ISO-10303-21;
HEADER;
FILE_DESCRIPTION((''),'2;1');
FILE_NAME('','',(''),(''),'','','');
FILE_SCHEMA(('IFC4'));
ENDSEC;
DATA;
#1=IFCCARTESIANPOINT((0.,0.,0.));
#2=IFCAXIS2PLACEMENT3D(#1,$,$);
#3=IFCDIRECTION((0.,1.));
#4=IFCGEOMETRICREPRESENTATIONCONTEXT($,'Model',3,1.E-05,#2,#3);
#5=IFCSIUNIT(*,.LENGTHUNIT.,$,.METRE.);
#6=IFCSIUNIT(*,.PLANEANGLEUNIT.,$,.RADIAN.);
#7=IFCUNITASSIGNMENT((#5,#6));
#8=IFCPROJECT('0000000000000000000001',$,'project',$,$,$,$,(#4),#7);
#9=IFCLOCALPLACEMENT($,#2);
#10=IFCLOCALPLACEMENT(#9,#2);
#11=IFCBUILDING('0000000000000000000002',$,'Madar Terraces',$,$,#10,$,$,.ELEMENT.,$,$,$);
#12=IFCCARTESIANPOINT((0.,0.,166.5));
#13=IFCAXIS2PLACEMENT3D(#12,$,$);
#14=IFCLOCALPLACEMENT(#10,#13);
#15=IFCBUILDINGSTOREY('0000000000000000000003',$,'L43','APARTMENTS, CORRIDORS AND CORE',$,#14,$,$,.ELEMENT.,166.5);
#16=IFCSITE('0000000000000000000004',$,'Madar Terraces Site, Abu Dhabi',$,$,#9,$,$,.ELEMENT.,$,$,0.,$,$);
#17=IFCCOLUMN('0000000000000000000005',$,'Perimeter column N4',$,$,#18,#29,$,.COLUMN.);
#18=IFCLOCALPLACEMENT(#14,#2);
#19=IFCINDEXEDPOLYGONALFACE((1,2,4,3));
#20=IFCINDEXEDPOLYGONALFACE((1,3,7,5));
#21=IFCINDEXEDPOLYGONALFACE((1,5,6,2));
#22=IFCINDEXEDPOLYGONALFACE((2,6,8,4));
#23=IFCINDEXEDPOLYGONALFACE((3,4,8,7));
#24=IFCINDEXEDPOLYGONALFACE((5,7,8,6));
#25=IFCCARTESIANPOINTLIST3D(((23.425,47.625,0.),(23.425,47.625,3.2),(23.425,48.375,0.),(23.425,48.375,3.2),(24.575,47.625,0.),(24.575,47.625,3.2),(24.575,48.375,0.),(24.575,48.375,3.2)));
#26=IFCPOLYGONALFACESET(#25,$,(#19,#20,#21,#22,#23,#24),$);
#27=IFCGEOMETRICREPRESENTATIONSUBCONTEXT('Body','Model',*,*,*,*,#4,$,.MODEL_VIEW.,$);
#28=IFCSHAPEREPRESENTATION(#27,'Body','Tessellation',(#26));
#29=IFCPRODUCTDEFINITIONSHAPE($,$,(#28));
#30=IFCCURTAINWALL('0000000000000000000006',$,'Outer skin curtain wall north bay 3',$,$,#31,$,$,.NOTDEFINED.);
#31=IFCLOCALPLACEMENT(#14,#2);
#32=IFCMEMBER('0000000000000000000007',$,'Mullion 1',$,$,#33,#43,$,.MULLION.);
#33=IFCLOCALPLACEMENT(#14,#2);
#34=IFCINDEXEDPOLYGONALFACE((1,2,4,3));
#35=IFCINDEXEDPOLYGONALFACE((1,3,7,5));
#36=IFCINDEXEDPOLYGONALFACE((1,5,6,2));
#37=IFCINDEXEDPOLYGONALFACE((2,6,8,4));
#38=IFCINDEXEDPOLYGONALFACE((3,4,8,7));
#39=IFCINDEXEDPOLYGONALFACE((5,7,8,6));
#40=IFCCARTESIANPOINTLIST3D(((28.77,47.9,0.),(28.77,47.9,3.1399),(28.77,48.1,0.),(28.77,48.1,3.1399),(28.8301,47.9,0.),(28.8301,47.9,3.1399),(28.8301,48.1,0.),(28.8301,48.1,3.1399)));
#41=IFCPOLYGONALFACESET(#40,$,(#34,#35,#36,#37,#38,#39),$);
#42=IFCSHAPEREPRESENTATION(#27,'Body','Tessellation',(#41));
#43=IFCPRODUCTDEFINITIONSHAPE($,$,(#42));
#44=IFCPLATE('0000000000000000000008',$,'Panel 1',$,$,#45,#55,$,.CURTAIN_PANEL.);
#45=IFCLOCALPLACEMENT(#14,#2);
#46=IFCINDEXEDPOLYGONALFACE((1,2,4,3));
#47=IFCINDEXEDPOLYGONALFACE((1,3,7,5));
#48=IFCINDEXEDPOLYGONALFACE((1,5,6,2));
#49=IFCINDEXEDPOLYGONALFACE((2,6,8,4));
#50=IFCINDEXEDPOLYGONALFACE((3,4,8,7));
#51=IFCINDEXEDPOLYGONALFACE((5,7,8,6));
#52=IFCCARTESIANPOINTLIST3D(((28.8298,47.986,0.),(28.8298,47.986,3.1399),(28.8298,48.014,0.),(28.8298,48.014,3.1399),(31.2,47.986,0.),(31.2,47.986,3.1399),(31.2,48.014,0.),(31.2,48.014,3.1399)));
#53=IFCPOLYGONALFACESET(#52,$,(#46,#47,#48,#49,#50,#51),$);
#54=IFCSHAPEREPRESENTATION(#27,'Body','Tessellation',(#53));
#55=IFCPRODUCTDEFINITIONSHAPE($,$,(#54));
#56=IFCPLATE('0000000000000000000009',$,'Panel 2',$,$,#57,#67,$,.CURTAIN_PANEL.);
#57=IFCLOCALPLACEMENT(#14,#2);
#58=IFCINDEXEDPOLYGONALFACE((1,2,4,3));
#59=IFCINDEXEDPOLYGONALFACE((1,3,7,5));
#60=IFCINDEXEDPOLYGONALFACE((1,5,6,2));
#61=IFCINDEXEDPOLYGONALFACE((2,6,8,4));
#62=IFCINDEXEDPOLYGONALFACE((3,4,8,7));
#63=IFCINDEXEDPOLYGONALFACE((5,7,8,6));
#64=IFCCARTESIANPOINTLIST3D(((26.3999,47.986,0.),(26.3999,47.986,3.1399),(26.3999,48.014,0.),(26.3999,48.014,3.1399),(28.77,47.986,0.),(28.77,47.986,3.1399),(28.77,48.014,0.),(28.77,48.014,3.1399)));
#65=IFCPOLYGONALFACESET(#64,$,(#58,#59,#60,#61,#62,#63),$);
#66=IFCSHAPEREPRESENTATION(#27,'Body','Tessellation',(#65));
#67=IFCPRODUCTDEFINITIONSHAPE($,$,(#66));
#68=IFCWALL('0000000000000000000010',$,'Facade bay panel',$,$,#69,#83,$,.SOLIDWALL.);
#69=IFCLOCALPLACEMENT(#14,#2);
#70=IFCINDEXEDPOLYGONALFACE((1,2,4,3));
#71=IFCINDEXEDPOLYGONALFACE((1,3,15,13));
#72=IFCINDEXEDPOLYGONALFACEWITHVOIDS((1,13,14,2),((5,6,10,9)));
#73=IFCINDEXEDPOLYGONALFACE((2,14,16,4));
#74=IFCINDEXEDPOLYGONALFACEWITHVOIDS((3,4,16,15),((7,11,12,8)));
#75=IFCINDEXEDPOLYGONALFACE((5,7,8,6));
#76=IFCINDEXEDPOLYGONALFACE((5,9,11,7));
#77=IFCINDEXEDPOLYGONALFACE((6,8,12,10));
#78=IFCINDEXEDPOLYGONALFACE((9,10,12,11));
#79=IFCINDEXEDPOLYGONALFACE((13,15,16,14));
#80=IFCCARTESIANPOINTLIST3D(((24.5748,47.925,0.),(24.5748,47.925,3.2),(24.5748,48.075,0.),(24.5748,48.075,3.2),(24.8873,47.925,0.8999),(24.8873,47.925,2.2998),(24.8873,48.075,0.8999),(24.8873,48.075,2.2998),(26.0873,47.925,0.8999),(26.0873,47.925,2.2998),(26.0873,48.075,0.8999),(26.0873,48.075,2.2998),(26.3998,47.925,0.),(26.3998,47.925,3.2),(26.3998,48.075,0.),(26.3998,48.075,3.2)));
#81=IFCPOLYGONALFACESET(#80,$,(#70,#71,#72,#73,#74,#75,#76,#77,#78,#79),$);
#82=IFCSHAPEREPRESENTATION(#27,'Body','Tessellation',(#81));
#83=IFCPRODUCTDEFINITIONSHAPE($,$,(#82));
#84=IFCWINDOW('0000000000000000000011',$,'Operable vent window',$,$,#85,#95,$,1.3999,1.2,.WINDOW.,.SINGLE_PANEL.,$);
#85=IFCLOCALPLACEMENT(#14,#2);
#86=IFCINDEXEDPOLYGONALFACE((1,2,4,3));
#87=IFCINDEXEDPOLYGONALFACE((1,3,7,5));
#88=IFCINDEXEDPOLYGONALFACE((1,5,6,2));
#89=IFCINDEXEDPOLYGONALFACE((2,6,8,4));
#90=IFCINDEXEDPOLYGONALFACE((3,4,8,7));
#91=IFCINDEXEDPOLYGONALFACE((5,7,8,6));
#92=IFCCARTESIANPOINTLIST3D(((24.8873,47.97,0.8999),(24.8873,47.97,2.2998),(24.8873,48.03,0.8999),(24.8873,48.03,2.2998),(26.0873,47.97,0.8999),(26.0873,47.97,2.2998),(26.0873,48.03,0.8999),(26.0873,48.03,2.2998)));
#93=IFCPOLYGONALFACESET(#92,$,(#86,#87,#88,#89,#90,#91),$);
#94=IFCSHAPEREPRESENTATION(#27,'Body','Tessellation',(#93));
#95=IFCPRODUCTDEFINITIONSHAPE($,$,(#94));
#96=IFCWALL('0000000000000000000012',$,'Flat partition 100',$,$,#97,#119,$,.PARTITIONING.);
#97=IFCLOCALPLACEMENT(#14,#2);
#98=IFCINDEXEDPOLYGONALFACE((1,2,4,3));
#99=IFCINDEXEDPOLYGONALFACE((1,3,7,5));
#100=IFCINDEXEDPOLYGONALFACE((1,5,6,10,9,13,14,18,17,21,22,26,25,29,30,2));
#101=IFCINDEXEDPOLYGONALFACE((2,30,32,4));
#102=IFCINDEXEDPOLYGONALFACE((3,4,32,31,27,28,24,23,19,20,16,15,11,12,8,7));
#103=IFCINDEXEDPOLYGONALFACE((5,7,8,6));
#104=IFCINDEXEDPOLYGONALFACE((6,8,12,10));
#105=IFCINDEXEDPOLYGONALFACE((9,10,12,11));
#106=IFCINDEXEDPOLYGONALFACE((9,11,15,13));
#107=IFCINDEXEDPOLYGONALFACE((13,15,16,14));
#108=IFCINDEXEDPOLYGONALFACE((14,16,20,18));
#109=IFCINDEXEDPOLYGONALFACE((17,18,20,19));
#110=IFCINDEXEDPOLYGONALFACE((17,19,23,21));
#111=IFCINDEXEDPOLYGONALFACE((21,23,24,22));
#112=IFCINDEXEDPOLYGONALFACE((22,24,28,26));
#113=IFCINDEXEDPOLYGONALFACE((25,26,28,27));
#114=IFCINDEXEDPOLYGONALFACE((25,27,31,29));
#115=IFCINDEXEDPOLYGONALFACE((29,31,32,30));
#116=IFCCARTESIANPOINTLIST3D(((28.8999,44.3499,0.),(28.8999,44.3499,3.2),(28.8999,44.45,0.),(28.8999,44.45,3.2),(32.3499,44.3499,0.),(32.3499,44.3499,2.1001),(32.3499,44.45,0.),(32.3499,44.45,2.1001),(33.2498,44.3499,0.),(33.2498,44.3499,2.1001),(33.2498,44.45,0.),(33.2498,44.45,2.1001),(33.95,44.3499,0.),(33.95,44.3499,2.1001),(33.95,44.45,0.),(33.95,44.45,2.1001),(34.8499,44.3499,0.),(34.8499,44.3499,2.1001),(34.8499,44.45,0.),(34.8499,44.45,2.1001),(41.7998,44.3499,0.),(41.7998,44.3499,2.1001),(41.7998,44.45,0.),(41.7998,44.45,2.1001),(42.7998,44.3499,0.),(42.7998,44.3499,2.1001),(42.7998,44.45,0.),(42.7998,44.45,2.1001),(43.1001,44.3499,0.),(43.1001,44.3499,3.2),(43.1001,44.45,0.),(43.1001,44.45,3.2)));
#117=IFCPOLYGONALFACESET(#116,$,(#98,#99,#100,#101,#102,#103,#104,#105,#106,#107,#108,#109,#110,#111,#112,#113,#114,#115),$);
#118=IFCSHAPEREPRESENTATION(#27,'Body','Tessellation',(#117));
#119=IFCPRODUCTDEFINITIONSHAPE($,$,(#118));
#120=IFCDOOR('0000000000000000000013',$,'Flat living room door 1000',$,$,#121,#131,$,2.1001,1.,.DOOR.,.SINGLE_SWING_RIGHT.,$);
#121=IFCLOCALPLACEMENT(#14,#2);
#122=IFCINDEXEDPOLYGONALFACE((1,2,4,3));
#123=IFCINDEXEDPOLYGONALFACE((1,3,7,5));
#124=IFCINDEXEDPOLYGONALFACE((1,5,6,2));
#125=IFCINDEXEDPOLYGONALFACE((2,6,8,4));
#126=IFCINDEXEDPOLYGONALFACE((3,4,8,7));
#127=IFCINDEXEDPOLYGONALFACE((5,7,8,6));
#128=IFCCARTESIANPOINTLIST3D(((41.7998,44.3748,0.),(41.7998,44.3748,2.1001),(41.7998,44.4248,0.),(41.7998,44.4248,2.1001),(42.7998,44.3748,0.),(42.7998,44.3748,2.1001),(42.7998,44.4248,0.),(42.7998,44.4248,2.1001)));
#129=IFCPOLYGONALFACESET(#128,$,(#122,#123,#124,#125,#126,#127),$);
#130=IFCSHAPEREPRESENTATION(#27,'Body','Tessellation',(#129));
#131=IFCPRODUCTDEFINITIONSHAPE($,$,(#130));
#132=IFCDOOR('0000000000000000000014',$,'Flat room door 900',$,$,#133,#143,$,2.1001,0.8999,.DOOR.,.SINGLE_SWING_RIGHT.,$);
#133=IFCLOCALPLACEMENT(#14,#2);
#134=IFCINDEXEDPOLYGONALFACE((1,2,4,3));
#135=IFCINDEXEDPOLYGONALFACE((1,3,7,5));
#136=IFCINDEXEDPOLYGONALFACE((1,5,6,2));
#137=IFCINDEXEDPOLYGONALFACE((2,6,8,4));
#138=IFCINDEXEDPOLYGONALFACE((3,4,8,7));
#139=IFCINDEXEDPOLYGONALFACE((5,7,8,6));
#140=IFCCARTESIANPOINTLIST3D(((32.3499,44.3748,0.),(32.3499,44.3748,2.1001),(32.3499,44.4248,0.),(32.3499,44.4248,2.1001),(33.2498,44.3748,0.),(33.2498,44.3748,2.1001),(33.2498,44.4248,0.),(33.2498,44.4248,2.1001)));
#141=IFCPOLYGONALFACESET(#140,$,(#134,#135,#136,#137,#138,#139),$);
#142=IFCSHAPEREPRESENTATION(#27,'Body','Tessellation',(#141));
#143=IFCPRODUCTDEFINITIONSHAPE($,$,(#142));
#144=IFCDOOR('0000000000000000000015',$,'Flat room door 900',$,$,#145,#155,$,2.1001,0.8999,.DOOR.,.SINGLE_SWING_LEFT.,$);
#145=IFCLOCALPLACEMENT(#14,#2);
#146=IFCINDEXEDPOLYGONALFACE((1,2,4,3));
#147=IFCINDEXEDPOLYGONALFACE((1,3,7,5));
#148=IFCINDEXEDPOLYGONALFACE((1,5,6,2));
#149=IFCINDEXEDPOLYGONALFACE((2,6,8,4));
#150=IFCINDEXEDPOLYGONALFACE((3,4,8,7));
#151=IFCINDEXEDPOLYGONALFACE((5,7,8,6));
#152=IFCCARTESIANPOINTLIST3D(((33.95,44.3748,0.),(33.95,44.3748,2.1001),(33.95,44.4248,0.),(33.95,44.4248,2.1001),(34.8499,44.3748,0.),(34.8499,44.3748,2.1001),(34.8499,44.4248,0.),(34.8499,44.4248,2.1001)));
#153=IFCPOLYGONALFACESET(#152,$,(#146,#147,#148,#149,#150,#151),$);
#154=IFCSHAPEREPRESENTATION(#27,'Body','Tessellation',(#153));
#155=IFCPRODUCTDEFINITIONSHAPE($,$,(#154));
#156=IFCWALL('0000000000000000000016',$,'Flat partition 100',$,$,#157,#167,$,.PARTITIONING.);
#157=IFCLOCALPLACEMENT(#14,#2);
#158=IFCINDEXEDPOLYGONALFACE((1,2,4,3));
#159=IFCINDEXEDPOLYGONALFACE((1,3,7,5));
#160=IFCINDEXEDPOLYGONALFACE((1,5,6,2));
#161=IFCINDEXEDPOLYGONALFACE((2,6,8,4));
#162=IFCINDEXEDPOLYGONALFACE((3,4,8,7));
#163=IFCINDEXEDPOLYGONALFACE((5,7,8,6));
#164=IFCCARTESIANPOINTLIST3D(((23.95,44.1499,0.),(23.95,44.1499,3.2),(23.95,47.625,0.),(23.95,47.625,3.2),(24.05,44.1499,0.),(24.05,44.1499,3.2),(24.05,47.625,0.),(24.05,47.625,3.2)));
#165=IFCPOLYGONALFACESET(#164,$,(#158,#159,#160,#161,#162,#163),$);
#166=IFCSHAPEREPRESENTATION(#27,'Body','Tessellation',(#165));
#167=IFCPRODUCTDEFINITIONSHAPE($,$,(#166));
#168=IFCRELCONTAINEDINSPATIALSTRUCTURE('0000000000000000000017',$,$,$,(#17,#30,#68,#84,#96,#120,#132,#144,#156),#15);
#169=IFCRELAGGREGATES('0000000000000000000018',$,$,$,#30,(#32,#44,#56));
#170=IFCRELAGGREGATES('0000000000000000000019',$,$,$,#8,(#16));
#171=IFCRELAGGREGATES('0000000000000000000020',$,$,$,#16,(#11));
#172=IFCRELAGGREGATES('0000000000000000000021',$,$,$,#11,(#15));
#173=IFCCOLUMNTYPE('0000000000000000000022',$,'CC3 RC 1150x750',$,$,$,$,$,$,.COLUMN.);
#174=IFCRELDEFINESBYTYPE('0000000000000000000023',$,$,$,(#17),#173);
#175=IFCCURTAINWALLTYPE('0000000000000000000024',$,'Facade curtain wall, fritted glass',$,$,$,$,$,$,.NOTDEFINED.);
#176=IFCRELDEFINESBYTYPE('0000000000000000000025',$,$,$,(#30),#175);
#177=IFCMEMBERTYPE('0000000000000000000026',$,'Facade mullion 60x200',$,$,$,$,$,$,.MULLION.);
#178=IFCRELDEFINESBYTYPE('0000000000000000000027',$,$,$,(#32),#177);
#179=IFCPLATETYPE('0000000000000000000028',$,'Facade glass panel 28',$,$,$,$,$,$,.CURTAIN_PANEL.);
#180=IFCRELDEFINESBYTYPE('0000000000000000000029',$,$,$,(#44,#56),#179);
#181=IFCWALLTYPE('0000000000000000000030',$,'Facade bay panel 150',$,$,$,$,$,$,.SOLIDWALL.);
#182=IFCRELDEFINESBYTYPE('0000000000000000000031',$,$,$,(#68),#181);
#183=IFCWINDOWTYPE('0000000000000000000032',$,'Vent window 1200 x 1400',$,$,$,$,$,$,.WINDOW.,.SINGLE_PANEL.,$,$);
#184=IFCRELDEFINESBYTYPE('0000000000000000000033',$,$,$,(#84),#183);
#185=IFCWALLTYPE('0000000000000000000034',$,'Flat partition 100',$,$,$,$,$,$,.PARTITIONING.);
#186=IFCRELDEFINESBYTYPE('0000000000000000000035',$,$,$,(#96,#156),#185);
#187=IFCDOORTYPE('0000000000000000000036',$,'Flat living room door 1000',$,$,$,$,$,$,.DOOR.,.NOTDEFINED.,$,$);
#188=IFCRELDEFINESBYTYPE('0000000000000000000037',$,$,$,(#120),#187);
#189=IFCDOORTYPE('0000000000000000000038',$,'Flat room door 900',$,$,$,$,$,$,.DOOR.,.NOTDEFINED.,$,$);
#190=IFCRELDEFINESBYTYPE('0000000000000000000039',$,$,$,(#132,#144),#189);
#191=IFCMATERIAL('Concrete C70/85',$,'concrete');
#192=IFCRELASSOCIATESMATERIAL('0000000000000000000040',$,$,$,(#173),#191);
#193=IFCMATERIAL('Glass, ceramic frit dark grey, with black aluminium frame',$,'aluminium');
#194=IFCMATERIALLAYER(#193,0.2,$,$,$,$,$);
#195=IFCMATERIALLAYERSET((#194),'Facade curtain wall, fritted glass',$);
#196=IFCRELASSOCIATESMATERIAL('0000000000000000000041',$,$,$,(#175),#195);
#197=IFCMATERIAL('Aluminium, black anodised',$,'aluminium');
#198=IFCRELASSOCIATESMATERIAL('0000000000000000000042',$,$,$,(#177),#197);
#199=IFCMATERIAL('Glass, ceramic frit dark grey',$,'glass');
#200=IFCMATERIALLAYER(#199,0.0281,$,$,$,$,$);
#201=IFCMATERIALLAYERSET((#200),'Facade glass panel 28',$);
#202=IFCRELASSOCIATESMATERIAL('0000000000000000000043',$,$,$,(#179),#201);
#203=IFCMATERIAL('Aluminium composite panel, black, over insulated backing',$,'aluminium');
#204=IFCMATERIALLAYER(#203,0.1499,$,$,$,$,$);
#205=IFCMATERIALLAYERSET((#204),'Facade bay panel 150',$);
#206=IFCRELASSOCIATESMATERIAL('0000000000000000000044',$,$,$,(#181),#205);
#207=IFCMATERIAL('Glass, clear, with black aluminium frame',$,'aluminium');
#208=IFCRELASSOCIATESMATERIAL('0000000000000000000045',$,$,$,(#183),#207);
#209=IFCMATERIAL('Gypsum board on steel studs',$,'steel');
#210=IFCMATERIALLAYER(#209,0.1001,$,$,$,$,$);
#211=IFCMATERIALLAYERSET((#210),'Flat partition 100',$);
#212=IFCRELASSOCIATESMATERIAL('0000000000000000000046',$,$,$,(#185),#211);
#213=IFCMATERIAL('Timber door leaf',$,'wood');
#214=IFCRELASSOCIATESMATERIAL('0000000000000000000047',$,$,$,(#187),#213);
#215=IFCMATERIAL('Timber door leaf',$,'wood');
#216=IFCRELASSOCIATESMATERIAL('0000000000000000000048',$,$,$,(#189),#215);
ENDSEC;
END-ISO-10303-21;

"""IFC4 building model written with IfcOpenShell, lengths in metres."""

from ifc_helpers import new_model, si_unit, direction, frame, frame_2d, origin, origin_2d, place, context, subcontext, project, spatial, rectangle, extrude, material, layer, layer_set, material_profile, profile_set, type_object, element, fill, aggregate, save


model = new_model("IFC4")

# Units and contexts
model_context = context("Model", 3, precision=1e-05, world=origin(), true_north=direction((0.0, 1.0)))
body_context = subcontext(model_context, "Body", "Model", "MODEL_VIEW")
ifc_project = project(units=[si_unit("LENGTHUNIT", "METRE"), si_unit("PLANEANGLEUNIT", "RADIAN")], contexts=[model_context])

# Site, building, storey
site_placement = place(None, origin())
site = spatial("IfcSite", under=ifc_project, at=site_placement, Name="Madar Terraces Site, Abu Dhabi", CompositionType="ELEMENT", RefElevation=0.0)
building_placement = place(site_placement, origin())
building = spatial("IfcBuilding", under=site, at=building_placement, Name="Madar Terraces", CompositionType="ELEMENT")
storey_placement = place(building_placement, frame((0.0, 0.0, 166.5)))
storey = spatial("IfcBuildingStorey", under=building, at=storey_placement, Name="L43", Description="APARTMENTS, CORRIDORS AND CORE", CompositionType="ELEMENT", Elevation=166.5)

# Column
ifc_material_1 = material(Name="Concrete C70/85", Category="concrete")
ifc_material_profile_1 = material_profile(ifc_material_1, rectangle(XDim=1.1499, YDim=0.75, at=origin_2d()), Name="CC3 RC 1150x750")
ifc_profile_set_1 = profile_set([ifc_material_profile_1], Name="Concrete C70/85")
column_type = type_object("IfcColumnType", Name="CC3 RC 1150x750", PredefinedType="COLUMN", material=ifc_profile_set_1)
column_placement = place(storey_placement, frame((24.0, 48.0, 0.0), z_axis=(0.0, 0.0, 1.0), x_axis=(1.0, 0.0, 0.0)))
element("IfcColumn", 1, at=column_placement, inside=storey, type_object=column_type, Name="Perimeter column N4", PredefinedType="COLUMN", context=body_context, shape_type="SweptSolid", body=[
    extrude(rectangle(XDim=1.1499, YDim=0.75, at=origin_2d()), origin(), (0.0, 0.0, 1.0), 3.2),
])

# Curtain wall, member, plates
ifc_material_2 = material(Name="Glass, ceramic frit dark grey, with black aluminium frame", Category="aluminium")
ifc_layer_1 = layer(ifc_material_2, 0.2)
ifc_layer_set_1 = layer_set([ifc_layer_1], Name="Facade curtain wall, fritted glass")
curtain_wall_type = type_object("IfcCurtainWallType", Name="Facade curtain wall, fritted glass", PredefinedType="NOTDEFINED", material=ifc_layer_set_1)
curtain_wall_placement = place(storey_placement, origin())
curtain_wall = element("IfcCurtainWall", 2, at=curtain_wall_placement, inside=storey, type_object=curtain_wall_type, Name="Outer skin curtain wall north bay 3", PredefinedType="NOTDEFINED")
ifc_material_3 = material(Name="Aluminium, black anodised", Category="aluminium")
ifc_material_profile_2 = material_profile(ifc_material_3, rectangle(XDim=0.2, YDim=0.0601, at=origin_2d()), Name="Facade mullion 60x200")
ifc_profile_set_2 = profile_set([ifc_material_profile_2], Name="Aluminium, black anodised")
member_type = type_object("IfcMemberType", Name="Facade mullion 60x200", PredefinedType="MULLION", material=ifc_profile_set_2)
member_placement = place(storey_placement, frame((28.8, 48.0, 0.0), z_axis=(0.0, 0.0, 1.0), x_axis=(0.0, -1.0, 0.0)))
member = element("IfcMember", 3, at=member_placement, type_object=member_type, Name="Mullion 1", PredefinedType="MULLION", context=body_context, shape_type="SweptSolid", body=[
    extrude(rectangle(XDim=0.2, YDim=0.0601, at=origin_2d()), origin(), (0.0, 0.0, 1.0), 3.1399),
])
ifc_material_4 = material(Name="Glass, ceramic frit dark grey", Category="glass")
ifc_layer_2 = layer(ifc_material_4, 0.0281)
ifc_layer_set_2 = layer_set([ifc_layer_2], Name="Facade glass panel 28")
plate_type = type_object("IfcPlateType", Name="Facade glass panel 28", PredefinedType="CURTAIN_PANEL", material=ifc_layer_set_2)
plate_1_placement = place(storey_placement, frame((30.0149, 48.0, 0.0), z_axis=(0.0, 0.0, 1.0), x_axis=(-1.0, 0.0, 0.0)))
plate_1 = element("IfcPlate", 4, at=plate_1_placement, type_object=plate_type, Name="Panel 1", PredefinedType="CURTAIN_PANEL", context=body_context, shape_type="SweptSolid", body=[
    extrude(rectangle(XDim=2.3701, YDim=0.0281, at=origin_2d()), origin(), (0.0, 0.0, 1.0), 3.1399),
])
plate_2_placement = place(storey_placement, frame((27.585, 48.0, 0.0), z_axis=(0.0, 0.0, 1.0), x_axis=(-1.0, 0.0, 0.0)))
plate_2 = element("IfcPlate", 5, at=plate_2_placement, type_object=plate_type, Name="Panel 2", PredefinedType="CURTAIN_PANEL", context=body_context, shape_type="SweptSolid", body=[
    extrude(rectangle(XDim=2.3701, YDim=0.0281, at=origin_2d()), origin(), (0.0, 0.0, 1.0), 3.1399),
])
aggregate(curtain_wall, [member, plate_1, plate_2])

# Wall, opening, window
ifc_material_5 = material(Name="Aluminium composite panel, black, over insulated backing", Category="aluminium")
ifc_layer_3 = layer(ifc_material_5, 0.1499)
ifc_layer_set_3 = layer_set([ifc_layer_3], Name="Facade bay panel 150")
wall_type_1 = type_object("IfcWallType", Name="Facade bay panel 150", PredefinedType="SOLIDWALL", material=ifc_layer_set_3)
wall_1_placement = place(storey_placement, frame((26.3999, 48.0, 0.0), z_axis=(0.0, 0.0, 1.0), x_axis=(-1.0, 0.0, 0.0)))
wall_1 = element("IfcWall", 6, at=wall_1_placement, inside=storey, type_object=wall_type_1, Name="Facade bay panel", PredefinedType="SOLIDWALL", context=body_context, shape_type="SweptSolid", body=[
    extrude(rectangle(XDim=1.825, YDim=0.1499, at=frame_2d((0.9126, 0.0))), origin(), (0.0, 0.0, 1.0), 3.2),
])
opening_1_placement = place(wall_1_placement, frame((0.3125, 0.0, 0.8999)))
opening_1 = element("IfcOpeningElement", 7, at=opening_1_placement, cuts=wall_1, PredefinedType="OPENING", context=body_context, shape_type="SweptSolid", body=[
    extrude(rectangle(XDim=1.2, YDim=1.3999, at=frame_2d((0.6001, 0.7))), frame((0.0, 0.085, 0.0), z_axis=(0.0, -1.0, 0.0), x_axis=(1.0, 0.0, 0.0)), (0.0, 0.0, 1.0), 0.1699),
])
ifc_material_6 = material(Name="Glass, clear, with black aluminium frame", Category="aluminium")
window_type = type_object("IfcWindowType", Name="Vent window 1200 x 1400", PartitioningType="SINGLE_PANEL", PredefinedType="WINDOW", material=ifc_material_6)
window_placement = place(opening_1_placement, origin())
window = element("IfcWindow", 8, at=window_placement, inside=storey, type_object=window_type, Name="Operable vent window", OverallHeight=1.3999, OverallWidth=1.2, PartitioningType="SINGLE_PANEL", PredefinedType="WINDOW", context=body_context, shape_type="SweptSolid", body=[
    extrude(rectangle(XDim=1.2, YDim=1.3999, at=frame_2d((0.6001, 0.7))), frame((0.0, 0.03, 0.0), z_axis=(0.0, -1.0, 0.0), x_axis=(1.0, 0.0, 0.0)), (0.0, 0.0, 1.0), 0.0601),
])
fill(opening_1, window)

# Wall, openings, doors
ifc_material_7 = material(Name="Gypsum board on steel studs", Category="steel")
ifc_layer_4 = layer(ifc_material_7, 0.1001)
ifc_layer_set_4 = layer_set([ifc_layer_4], Name="Flat partition 100")
wall_type_2 = type_object("IfcWallType", Name="Flat partition 100", PredefinedType="PARTITIONING", material=ifc_layer_set_4)
wall_2_placement = place(storey_placement, frame((28.8999, 44.3999, 0.0), z_axis=(0.0, 0.0, 1.0), x_axis=(1.0, 0.0, 0.0)))
wall_2 = element("IfcWall", 9, at=wall_2_placement, inside=storey, type_object=wall_type_2, Name="Flat partition 100", PredefinedType="PARTITIONING", context=body_context, shape_type="SweptSolid", body=[
    extrude(rectangle(XDim=14.2002, YDim=0.1001, at=frame_2d((7.1001, 0.0))), origin(), (0.0, 0.0, 1.0), 3.2),
])
opening_2_placement = place(wall_2_placement, frame((3.45, 0.0, 0.0)))
opening_2 = element("IfcOpeningElement", 10, at=opening_2_placement, cuts=wall_2, PredefinedType="OPENING", context=body_context, shape_type="SweptSolid", body=[
    extrude(rectangle(XDim=0.8999, YDim=2.1001, at=frame_2d((0.45, 1.05))), frame((0.0, 0.0601, 0.0), z_axis=(0.0, -1.0, 0.0), x_axis=(1.0, 0.0, 0.0)), (0.0, 0.0, 1.0), 0.1201),
])
opening_3_placement = place(wall_2_placement, frame((5.05, 0.0, 0.0)))
opening_3 = element("IfcOpeningElement", 11, at=opening_3_placement, cuts=wall_2, PredefinedType="OPENING", context=body_context, shape_type="SweptSolid", body=[
    extrude(rectangle(XDim=0.8999, YDim=2.1001, at=frame_2d((0.45, 1.05))), frame((0.0, 0.0601, 0.0), z_axis=(0.0, -1.0, 0.0), x_axis=(1.0, 0.0, 0.0)), (0.0, 0.0, 1.0), 0.1201),
])
opening_4_placement = place(wall_2_placement, frame((12.8999, 0.0, 0.0)))
opening_4 = element("IfcOpeningElement", 12, at=opening_4_placement, cuts=wall_2, PredefinedType="OPENING", context=body_context, shape_type="SweptSolid", body=[
    extrude(rectangle(XDim=1.0, YDim=2.1001, at=frame_2d((0.5, 1.05))), frame((0.0, 0.0601, 0.0), z_axis=(0.0, -1.0, 0.0), x_axis=(1.0, 0.0, 0.0)), (0.0, 0.0, 1.0), 0.1201),
])
ifc_material_8 = material(Name="Timber door leaf", Category="wood")
door_type_1 = type_object("IfcDoorType", Name="Flat living room door 1000", OperationType="NOTDEFINED", PredefinedType="DOOR", material=ifc_material_8)
door_1_placement = place(opening_4_placement, origin())
door_1 = element("IfcDoor", 13, at=door_1_placement, inside=storey, type_object=door_type_1, Name="Flat living room door 1000", OperationType="SINGLE_SWING_RIGHT", OverallHeight=2.1001, OverallWidth=1.0, PredefinedType="DOOR", context=body_context, shape_type="SweptSolid", body=[
    extrude(rectangle(XDim=1.0, YDim=2.1001, at=frame_2d((0.5, 1.05))), frame((0.0, 0.0249, 0.0), z_axis=(0.0, -1.0, 0.0), x_axis=(1.0, 0.0, 0.0)), (0.0, 0.0, 1.0), 0.05),
])
fill(opening_4, door_1)
ifc_material_9 = material(Name="Timber door leaf", Category="wood")
door_type_2 = type_object("IfcDoorType", Name="Flat room door 900", OperationType="NOTDEFINED", PredefinedType="DOOR", material=ifc_material_9)
door_2_placement = place(opening_2_placement, origin())
door_2 = element("IfcDoor", 14, at=door_2_placement, inside=storey, type_object=door_type_2, Name="Flat room door 900", OperationType="SINGLE_SWING_RIGHT", OverallHeight=2.1001, OverallWidth=0.8999, PredefinedType="DOOR", context=body_context, shape_type="SweptSolid", body=[
    extrude(rectangle(XDim=0.8999, YDim=2.1001, at=frame_2d((0.45, 1.05))), frame((0.0, 0.0249, 0.0), z_axis=(0.0, -1.0, 0.0), x_axis=(1.0, 0.0, 0.0)), (0.0, 0.0, 1.0), 0.05),
])
fill(opening_2, door_2)
door_3_placement = place(opening_3_placement, origin())
door_3 = element("IfcDoor", 15, at=door_3_placement, inside=storey, type_object=door_type_2, Name="Flat room door 900", OperationType="SINGLE_SWING_LEFT", OverallHeight=2.1001, OverallWidth=0.8999, PredefinedType="DOOR", context=body_context, shape_type="SweptSolid", body=[
    extrude(rectangle(XDim=0.8999, YDim=2.1001, at=frame_2d((0.45, 1.05))), frame((0.0, 0.0249, 0.0), z_axis=(0.0, -1.0, 0.0), x_axis=(1.0, 0.0, 0.0)), (0.0, 0.0, 1.0), 0.05),
])
fill(opening_3, door_3)

# Wall
wall_3_placement = place(storey_placement, frame((24.0, 44.1499, 0.0), z_axis=(0.0, 0.0, 1.0), x_axis=(0.0, 1.0, 0.0)))
element("IfcWall", 16, at=wall_3_placement, inside=storey, type_object=wall_type_2, Name="Flat partition 100", PredefinedType="PARTITIONING", context=body_context, shape_type="SweptSolid", body=[
    extrude(rectangle(XDim=3.4751, YDim=0.1001, at=frame_2d((1.7375, 0.0))), origin(), (0.0, 0.0, 1.0), 3.2),
])

save(model, "model.ifc")
